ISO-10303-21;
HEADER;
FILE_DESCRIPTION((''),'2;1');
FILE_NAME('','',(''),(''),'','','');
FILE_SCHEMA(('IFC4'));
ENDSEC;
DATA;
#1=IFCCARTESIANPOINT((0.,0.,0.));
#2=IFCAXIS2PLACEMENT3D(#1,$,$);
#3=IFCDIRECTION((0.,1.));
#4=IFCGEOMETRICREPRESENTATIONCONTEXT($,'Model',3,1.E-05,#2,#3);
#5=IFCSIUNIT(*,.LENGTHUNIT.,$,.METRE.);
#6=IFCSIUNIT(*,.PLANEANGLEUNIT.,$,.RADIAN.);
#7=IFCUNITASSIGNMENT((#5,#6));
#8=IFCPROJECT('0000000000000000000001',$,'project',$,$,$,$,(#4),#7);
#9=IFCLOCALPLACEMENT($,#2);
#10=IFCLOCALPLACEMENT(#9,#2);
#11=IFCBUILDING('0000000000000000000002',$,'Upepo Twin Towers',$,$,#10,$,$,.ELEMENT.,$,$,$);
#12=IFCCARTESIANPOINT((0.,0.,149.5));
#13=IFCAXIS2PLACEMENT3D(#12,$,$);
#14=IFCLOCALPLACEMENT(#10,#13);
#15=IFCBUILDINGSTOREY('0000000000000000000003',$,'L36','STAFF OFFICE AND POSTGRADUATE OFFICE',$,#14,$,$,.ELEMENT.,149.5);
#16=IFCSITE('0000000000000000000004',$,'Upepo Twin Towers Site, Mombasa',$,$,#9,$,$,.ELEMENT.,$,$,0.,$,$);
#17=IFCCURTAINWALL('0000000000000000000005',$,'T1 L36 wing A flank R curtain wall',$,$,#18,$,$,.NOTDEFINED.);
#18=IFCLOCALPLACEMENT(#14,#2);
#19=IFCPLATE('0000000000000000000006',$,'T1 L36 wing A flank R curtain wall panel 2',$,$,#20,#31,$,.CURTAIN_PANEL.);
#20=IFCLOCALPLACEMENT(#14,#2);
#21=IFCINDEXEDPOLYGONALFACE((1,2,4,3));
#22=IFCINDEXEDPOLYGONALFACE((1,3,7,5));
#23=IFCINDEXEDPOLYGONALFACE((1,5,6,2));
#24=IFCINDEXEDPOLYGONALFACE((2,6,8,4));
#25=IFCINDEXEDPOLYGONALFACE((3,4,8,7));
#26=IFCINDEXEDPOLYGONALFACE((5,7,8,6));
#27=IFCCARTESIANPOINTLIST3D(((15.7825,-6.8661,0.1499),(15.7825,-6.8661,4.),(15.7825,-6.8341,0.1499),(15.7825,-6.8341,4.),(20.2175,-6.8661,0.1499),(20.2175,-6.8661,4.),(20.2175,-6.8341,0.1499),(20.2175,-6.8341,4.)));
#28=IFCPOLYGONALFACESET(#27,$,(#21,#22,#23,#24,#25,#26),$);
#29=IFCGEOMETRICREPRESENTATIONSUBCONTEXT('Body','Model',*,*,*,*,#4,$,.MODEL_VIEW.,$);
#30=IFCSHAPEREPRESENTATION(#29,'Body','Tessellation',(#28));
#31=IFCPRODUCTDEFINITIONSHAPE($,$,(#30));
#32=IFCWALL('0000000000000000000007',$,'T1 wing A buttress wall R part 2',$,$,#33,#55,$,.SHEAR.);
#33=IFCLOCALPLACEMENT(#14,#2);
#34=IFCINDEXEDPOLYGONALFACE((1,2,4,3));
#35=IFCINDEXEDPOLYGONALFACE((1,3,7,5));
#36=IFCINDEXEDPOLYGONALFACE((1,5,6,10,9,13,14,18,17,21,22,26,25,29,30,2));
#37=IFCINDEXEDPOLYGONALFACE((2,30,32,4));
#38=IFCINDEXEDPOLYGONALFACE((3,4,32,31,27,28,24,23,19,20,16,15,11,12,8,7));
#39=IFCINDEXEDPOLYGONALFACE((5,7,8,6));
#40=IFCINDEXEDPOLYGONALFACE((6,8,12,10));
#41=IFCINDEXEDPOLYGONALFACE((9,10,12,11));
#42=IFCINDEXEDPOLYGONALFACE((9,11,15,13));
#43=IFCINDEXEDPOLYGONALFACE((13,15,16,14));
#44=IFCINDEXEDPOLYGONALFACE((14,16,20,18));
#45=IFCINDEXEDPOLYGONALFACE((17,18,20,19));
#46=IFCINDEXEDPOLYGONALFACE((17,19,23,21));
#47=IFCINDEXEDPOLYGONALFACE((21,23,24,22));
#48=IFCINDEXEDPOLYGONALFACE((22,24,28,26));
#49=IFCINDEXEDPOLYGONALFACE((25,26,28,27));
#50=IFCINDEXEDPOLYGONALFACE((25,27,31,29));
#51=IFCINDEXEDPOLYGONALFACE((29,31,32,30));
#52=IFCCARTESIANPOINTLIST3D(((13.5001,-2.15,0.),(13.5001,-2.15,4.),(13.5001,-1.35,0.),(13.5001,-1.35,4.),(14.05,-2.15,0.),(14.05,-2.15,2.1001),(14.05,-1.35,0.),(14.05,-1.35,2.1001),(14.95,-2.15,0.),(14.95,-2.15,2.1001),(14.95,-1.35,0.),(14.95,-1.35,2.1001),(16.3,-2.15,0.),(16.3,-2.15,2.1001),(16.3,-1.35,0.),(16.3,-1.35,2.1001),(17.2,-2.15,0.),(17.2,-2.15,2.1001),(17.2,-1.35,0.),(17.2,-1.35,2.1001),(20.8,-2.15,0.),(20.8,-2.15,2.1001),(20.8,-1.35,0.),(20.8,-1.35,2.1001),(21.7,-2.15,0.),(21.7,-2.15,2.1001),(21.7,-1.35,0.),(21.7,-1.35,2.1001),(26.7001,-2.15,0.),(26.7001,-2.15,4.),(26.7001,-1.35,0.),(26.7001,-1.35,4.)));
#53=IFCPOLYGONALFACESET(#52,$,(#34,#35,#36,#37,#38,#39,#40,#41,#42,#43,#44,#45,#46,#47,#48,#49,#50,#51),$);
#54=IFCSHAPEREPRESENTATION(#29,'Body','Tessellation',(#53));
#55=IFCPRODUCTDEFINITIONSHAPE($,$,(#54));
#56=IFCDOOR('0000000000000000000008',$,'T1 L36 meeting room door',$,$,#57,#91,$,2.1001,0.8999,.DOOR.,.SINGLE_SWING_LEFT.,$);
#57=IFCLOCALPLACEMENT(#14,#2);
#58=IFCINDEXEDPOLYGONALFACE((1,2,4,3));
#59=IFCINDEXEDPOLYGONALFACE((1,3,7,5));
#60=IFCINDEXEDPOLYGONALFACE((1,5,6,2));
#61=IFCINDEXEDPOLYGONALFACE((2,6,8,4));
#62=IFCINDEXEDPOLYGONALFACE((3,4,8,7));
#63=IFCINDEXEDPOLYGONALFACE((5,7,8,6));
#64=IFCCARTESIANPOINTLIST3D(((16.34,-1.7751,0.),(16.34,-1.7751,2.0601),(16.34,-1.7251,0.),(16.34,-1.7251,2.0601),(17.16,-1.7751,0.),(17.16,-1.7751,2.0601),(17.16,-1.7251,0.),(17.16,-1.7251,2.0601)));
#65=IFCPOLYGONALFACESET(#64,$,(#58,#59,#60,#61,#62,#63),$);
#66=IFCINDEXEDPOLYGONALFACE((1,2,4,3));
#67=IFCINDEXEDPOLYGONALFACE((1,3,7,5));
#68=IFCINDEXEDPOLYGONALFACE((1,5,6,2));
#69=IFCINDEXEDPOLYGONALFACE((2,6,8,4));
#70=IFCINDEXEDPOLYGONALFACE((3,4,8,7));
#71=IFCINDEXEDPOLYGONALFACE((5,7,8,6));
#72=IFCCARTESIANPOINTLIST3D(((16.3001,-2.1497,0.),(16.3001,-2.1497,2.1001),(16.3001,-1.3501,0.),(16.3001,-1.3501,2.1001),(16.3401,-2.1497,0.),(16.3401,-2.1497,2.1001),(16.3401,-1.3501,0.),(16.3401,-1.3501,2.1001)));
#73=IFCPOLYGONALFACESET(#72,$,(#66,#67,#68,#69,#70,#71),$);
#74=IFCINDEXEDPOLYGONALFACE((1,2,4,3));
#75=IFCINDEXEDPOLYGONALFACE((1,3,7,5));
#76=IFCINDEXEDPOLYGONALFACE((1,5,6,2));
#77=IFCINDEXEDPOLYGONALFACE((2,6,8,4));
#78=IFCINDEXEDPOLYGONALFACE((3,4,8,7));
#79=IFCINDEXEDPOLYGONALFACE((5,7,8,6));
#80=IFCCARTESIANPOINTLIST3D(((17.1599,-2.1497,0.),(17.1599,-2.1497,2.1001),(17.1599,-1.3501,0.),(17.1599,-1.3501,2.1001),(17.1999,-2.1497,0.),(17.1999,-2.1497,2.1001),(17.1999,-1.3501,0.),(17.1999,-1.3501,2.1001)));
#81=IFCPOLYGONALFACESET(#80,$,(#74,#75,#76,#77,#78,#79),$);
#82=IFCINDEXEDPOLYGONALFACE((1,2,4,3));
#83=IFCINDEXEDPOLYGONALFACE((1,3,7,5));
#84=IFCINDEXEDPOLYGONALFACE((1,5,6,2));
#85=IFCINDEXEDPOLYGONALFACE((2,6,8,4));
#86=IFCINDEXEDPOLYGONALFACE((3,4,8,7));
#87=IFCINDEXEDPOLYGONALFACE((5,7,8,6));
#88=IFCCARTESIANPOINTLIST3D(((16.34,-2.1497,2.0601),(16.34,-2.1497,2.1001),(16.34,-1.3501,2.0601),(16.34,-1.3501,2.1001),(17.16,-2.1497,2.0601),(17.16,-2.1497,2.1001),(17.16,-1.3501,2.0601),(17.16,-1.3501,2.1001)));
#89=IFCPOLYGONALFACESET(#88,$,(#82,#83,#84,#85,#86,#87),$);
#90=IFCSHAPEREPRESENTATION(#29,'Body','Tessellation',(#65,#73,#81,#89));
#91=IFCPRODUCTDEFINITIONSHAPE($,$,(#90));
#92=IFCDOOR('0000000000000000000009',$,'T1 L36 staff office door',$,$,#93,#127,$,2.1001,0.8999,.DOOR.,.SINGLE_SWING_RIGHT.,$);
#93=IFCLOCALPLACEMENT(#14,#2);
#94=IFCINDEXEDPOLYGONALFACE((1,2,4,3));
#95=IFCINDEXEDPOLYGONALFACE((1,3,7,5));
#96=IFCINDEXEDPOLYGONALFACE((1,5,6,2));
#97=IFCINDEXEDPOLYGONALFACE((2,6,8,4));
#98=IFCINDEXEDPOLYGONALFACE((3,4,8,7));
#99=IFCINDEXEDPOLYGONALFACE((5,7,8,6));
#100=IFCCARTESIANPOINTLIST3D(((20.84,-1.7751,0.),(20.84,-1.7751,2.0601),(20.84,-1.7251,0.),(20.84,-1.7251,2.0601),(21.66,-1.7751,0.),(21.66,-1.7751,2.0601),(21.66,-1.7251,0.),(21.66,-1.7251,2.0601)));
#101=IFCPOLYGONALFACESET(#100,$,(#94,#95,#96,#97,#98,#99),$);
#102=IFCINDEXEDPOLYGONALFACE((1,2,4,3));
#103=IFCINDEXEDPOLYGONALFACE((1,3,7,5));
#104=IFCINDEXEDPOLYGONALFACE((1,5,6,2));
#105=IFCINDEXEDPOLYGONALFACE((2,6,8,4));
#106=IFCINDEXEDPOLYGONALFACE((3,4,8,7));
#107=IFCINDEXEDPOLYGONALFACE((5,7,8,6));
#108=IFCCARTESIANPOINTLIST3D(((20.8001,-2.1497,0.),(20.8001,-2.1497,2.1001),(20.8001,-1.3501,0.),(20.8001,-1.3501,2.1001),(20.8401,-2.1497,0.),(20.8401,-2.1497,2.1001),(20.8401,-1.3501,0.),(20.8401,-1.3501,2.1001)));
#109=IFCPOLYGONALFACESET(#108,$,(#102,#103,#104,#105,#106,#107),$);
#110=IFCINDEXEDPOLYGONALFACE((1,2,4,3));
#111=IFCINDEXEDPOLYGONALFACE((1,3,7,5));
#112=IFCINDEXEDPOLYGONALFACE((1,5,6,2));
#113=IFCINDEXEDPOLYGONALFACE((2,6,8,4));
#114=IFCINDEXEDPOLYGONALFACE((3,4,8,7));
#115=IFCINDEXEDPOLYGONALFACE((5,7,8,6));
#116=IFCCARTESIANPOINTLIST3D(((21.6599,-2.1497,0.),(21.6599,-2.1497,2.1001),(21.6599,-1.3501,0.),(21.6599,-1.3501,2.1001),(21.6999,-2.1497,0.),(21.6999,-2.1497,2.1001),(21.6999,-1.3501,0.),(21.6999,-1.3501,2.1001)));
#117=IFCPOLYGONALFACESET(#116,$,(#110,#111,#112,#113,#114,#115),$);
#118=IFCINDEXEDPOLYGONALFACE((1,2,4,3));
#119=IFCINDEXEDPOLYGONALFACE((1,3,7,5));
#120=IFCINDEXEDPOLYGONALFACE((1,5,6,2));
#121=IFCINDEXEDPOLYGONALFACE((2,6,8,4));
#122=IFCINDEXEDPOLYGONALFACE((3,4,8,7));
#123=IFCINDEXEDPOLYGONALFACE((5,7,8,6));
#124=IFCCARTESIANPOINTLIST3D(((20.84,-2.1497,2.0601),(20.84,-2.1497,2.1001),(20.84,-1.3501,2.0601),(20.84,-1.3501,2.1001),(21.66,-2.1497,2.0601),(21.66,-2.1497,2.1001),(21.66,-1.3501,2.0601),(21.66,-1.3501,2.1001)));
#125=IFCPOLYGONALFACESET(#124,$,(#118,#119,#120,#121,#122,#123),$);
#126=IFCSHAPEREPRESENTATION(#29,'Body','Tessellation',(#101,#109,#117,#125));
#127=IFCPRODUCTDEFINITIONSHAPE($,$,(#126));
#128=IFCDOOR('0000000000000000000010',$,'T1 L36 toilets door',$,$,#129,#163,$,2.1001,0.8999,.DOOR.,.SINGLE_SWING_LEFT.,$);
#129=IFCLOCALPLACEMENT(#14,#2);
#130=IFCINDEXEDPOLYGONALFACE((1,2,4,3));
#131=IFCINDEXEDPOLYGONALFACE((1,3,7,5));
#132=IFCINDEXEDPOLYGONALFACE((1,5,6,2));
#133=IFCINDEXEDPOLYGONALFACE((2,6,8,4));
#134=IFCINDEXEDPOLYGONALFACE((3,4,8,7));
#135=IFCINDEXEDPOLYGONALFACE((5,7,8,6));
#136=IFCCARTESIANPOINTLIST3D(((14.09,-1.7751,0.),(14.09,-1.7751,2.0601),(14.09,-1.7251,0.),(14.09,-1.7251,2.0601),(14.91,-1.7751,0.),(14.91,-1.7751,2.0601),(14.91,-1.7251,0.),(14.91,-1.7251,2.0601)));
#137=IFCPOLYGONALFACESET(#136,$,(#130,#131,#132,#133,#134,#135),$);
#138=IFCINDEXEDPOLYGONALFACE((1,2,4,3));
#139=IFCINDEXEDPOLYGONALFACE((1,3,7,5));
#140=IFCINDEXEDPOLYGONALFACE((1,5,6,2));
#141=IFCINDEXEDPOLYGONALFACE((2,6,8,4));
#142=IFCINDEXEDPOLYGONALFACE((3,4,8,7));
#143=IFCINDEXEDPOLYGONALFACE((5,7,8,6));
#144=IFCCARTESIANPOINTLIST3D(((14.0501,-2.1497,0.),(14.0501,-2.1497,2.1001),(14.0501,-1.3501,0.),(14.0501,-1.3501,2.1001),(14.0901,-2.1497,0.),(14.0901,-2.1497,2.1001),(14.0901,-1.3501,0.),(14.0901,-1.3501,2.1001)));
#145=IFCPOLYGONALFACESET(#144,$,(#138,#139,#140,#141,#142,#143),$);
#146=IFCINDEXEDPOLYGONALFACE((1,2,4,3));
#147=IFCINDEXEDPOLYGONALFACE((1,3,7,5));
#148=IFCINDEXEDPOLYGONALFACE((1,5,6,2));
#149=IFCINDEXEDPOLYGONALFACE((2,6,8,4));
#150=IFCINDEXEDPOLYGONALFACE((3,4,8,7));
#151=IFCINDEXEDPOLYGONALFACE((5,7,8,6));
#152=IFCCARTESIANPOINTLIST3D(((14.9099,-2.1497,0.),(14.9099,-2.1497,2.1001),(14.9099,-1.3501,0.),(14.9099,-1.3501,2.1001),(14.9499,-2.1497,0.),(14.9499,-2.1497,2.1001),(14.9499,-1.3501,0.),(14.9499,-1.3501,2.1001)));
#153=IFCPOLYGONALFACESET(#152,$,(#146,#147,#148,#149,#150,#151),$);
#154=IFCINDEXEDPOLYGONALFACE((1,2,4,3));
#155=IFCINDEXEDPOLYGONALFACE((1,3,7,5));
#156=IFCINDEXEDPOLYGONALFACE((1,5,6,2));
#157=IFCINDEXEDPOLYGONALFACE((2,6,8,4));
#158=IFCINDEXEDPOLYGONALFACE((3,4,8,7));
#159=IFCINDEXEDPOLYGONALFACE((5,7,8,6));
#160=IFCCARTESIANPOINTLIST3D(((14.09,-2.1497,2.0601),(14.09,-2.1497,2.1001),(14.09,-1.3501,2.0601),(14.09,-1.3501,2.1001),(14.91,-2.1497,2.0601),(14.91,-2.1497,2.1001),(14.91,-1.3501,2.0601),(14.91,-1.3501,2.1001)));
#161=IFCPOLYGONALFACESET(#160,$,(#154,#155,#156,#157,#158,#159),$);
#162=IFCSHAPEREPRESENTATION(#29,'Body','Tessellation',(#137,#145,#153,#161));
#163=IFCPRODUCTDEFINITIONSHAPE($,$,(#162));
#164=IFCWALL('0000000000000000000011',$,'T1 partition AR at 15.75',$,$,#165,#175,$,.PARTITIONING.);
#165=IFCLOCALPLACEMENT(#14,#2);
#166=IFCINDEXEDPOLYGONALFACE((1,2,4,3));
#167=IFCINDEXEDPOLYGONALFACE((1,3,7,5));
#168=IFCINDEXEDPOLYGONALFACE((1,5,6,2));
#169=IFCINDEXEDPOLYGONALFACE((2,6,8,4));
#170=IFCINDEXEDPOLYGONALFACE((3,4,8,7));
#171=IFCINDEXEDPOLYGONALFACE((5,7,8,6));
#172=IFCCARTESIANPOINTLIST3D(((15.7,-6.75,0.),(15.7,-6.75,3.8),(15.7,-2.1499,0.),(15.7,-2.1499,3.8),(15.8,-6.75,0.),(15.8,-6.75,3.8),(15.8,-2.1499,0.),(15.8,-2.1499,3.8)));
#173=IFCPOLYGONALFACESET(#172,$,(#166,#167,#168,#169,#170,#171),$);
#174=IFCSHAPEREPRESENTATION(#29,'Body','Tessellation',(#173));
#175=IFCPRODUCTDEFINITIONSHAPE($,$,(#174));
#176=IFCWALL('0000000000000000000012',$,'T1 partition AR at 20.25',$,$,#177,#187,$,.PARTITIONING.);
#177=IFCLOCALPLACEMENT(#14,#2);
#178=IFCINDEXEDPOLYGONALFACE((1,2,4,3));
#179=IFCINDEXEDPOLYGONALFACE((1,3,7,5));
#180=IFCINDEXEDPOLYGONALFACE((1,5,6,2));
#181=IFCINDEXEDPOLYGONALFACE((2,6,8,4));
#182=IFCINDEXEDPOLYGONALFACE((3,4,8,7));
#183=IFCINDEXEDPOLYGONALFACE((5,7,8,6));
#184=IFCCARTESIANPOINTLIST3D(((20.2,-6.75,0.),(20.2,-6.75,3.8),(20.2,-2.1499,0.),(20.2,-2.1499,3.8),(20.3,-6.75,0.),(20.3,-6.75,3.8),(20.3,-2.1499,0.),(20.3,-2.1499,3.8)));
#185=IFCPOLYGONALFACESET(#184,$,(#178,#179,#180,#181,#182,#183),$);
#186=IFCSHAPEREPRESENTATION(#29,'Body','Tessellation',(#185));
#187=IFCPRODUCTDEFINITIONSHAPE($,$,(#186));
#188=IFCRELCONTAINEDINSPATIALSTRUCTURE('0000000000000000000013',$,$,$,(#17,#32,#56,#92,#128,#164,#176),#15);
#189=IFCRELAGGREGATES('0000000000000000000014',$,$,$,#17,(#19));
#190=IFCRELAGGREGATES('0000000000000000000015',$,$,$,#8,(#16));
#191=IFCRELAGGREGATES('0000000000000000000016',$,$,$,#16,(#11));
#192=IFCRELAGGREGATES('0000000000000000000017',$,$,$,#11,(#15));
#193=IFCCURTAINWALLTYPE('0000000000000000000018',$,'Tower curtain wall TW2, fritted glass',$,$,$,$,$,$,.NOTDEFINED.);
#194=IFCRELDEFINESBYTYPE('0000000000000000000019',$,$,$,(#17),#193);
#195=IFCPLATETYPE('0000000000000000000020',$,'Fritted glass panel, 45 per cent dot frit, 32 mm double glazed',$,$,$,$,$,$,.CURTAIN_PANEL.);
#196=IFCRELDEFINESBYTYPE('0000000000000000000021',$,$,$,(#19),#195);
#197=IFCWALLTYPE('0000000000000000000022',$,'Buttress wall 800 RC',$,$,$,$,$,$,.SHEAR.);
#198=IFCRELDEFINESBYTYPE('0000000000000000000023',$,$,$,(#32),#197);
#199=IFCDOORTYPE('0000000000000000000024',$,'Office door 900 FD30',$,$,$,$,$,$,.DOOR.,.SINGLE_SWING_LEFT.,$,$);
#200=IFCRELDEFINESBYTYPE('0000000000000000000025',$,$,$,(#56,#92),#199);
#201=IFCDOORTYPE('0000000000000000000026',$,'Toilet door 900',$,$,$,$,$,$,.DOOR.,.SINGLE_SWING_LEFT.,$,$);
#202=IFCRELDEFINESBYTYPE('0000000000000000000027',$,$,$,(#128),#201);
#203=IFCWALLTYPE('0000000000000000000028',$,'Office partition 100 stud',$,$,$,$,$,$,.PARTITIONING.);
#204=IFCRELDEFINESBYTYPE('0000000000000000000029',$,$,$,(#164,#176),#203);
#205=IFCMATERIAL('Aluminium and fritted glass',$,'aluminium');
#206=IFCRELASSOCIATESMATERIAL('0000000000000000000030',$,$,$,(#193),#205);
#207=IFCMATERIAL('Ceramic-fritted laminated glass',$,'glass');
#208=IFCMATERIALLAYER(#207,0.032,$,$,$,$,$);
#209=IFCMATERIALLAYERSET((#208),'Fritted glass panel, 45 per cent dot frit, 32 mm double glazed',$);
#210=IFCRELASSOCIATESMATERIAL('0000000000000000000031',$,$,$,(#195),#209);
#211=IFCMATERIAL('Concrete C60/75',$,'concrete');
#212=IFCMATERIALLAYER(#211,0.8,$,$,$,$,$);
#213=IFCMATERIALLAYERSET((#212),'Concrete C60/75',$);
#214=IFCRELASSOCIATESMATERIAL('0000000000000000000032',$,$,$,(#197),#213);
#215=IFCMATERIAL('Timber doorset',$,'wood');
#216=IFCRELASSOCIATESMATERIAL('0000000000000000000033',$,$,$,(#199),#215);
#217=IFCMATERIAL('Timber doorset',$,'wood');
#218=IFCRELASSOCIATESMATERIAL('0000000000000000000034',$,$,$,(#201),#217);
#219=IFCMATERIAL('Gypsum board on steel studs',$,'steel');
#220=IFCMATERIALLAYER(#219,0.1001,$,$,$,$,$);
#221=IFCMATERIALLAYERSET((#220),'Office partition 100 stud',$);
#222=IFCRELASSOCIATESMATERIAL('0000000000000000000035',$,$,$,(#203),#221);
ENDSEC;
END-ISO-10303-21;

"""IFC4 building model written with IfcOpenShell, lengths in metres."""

from ifc_helpers import new_model, si_unit, direction, frame, frame_2d, origin, origin_2d, place, context, subcontext, project, spatial, rectangle, extrude, material, layer, layer_set, type_object, element, fill, aggregate, save


model = new_model("IFC4")

# Units and contexts
model_context = context("Model", 3, precision=1e-05, world=origin(), true_north=direction((0.0, 1.0)))
body_context = subcontext(model_context, "Body", "Model", "MODEL_VIEW")
ifc_project = project(units=[si_unit("LENGTHUNIT", "METRE"), si_unit("PLANEANGLEUNIT", "RADIAN")], contexts=[model_context])

# Site, building, storey
site_placement = place(None, origin())
site = spatial("IfcSite", under=ifc_project, at=site_placement, Name="Upepo Twin Towers Site, Mombasa", CompositionType="ELEMENT", RefElevation=0.0)
building_placement = place(site_placement, origin())
building = spatial("IfcBuilding", under=site, at=building_placement, Name="Upepo Twin Towers", CompositionType="ELEMENT")
storey_placement = place(building_placement, frame((0.0, 0.0, 149.5)))
storey = spatial("IfcBuildingStorey", under=building, at=storey_placement, Name="L36", Description="STAFF OFFICE AND POSTGRADUATE OFFICE", CompositionType="ELEMENT", Elevation=149.5)

# Curtain wall, plate
ifc_material_1 = material(Name="Aluminium and fritted glass", Category="aluminium")
curtain_wall_type = type_object("IfcCurtainWallType", Name="Tower curtain wall TW2, fritted glass", PredefinedType="NOTDEFINED", material=ifc_material_1)
curtain_wall_placement = place(storey_placement, origin())
curtain_wall = element("IfcCurtainWall", 1, at=curtain_wall_placement, inside=storey, type_object=curtain_wall_type, Name="T1 L36 wing A flank R curtain wall", PredefinedType="NOTDEFINED")
ifc_material_2 = material(Name="Ceramic-fritted laminated glass", Category="glass")
ifc_layer_1 = layer(ifc_material_2, 0.032)
ifc_layer_set_1 = layer_set([ifc_layer_1], Name="Fritted glass panel, 45 per cent dot frit, 32 mm double glazed")
plate_type = type_object("IfcPlateType", Name="Fritted glass panel, 45 per cent dot frit, 32 mm double glazed", PredefinedType="CURTAIN_PANEL", material=ifc_layer_set_1)
plate_placement = place(storey_placement, frame((18.0, -6.8501, 0.1499), z_axis=(0.0, 0.0, 1.0), x_axis=(-1.0, 0.0, 0.0)))
plate = element("IfcPlate", 2, at=plate_placement, type_object=plate_type, Name="T1 L36 wing A flank R curtain wall panel 2", PredefinedType="CURTAIN_PANEL", context=body_context, shape_type="SweptSolid", body=[
    extrude(rectangle(XDim=4.4351, YDim=0.032, at=origin_2d()), origin(), (0.0, 0.0, 1.0), 3.8501),
])
aggregate(curtain_wall, [plate])

# Wall, openings, doors
ifc_material_3 = material(Name="Concrete C60/75", Category="concrete")
ifc_layer_2 = layer(ifc_material_3, 0.8)
ifc_layer_set_2 = layer_set([ifc_layer_2], Name="Concrete C60/75")
wall_type_1 = type_object("IfcWallType", Name="Buttress wall 800 RC", PredefinedType="SHEAR", material=ifc_layer_set_2)
wall_1_placement = place(storey_placement, frame((13.5, -1.75, 0.0), z_axis=(0.0, 0.0, 1.0), x_axis=(1.0, 0.0, 0.0)))
wall_1 = element("IfcWall", 3, at=wall_1_placement, inside=storey, type_object=wall_type_1, Name="T1 wing A buttress wall R part 2", PredefinedType="SHEAR", context=body_context, shape_type="SweptSolid", body=[
    extrude(rectangle(XDim=13.2, YDim=0.8, at=frame_2d((6.6001, 0.0))), origin(), (0.0, 0.0, 1.0), 4.0),
])
opening_1_placement = place(wall_1_placement, frame((0.55, 0.0, 0.0)))
opening_1 = element("IfcOpeningElement", 4, at=opening_1_placement, cuts=wall_1, PredefinedType="OPENING", context=body_context, shape_type="SweptSolid", body=[
    extrude(rectangle(XDim=0.8999, YDim=2.1001, at=frame_2d((0.45, 1.05))), frame((0.0, 0.4099, 0.0), z_axis=(0.0, -1.0, 0.0), x_axis=(1.0, 0.0, 0.0)), (0.0, 0.0, 1.0), 0.8201),
])
opening_2_placement = place(wall_1_placement, frame((2.8, 0.0, 0.0)))
opening_2 = element("IfcOpeningElement", 5, at=opening_2_placement, cuts=wall_1, PredefinedType="OPENING", context=body_context, shape_type="SweptSolid", body=[
    extrude(rectangle(XDim=0.8999, YDim=2.1001, at=frame_2d((0.45, 1.05))), frame((0.0, 0.4099, 0.0), z_axis=(0.0, -1.0, 0.0), x_axis=(1.0, 0.0, 0.0)), (0.0, 0.0, 1.0), 0.8201),
])
opening_3_placement = place(wall_1_placement, frame((7.3, 0.0, 0.0)))
opening_3 = element("IfcOpeningElement", 6, at=opening_3_placement, cuts=wall_1, PredefinedType="OPENING", context=body_context, shape_type="SweptSolid", body=[
    extrude(rectangle(XDim=0.8999, YDim=2.1001, at=frame_2d((0.45, 1.05))), frame((0.0, 0.4099, 0.0), z_axis=(0.0, -1.0, 0.0), x_axis=(1.0, 0.0, 0.0)), (0.0, 0.0, 1.0), 0.8201),
])
ifc_material_4 = material(Name="Timber doorset", Category="wood")
door_type_1 = type_object("IfcDoorType", Name="Office door 900 FD30", OperationType="SINGLE_SWING_LEFT", PredefinedType="DOOR", material=ifc_material_4)
door_1_placement = place(opening_2_placement, origin())
door_1 = element("IfcDoor", 7, at=door_1_placement, inside=storey, type_object=door_type_1, Name="T1 L36 meeting room door", OperationType="SINGLE_SWING_LEFT", OverallHeight=2.1001, OverallWidth=0.8999, PredefinedType="DOOR", context=body_context, shape_type="SweptSolid", body=[
    extrude(rectangle(XDim=0.8199, YDim=2.0601, at=frame_2d((0.45, 1.03))), frame((0.0, 0.0249, 0.0), z_axis=(0.0, -1.0, 0.0), x_axis=(1.0, 0.0, 0.0)), (0.0, 0.0, 1.0), 0.05),
    extrude(rectangle(XDim=0.04, YDim=2.1001, at=frame_2d((0.02, 1.05))), frame((0.0, 0.3999, 0.0), z_axis=(0.0, -1.0, 0.0), x_axis=(1.0, 0.0, 0.0)), (0.0, 0.0, 1.0), 0.7996),
    extrude(rectangle(XDim=0.04, YDim=2.1001, at=frame_2d((0.8799, 1.05))), frame((0.0, 0.3999, 0.0), z_axis=(0.0, -1.0, 0.0), x_axis=(1.0, 0.0, 0.0)), (0.0, 0.0, 1.0), 0.7996),
    extrude(rectangle(XDim=0.8199, YDim=0.04, at=frame_2d((0.45, 2.0801))), frame((0.0, 0.3999, 0.0), z_axis=(0.0, -1.0, 0.0), x_axis=(1.0, 0.0, 0.0)), (0.0, 0.0, 1.0), 0.7996),
])
fill(opening_2, door_1)
door_2_placement = place(opening_3_placement, origin())
door_2 = element("IfcDoor", 8, at=door_2_placement, inside=storey, type_object=door_type_1, Name="T1 L36 staff office door", OperationType="SINGLE_SWING_RIGHT", OverallHeight=2.1001, OverallWidth=0.8999, PredefinedType="DOOR", context=body_context, shape_type="SweptSolid", body=[
    extrude(rectangle(XDim=0.8199, YDim=2.0601, at=frame_2d((0.45, 1.03))), frame((0.0, 0.0249, 0.0), z_axis=(0.0, -1.0, 0.0), x_axis=(1.0, 0.0, 0.0)), (0.0, 0.0, 1.0), 0.05),
    extrude(rectangle(XDim=0.04, YDim=2.1001, at=frame_2d((0.02, 1.05))), frame((0.0, 0.3999, 0.0), z_axis=(0.0, -1.0, 0.0), x_axis=(1.0, 0.0, 0.0)), (0.0, 0.0, 1.0), 0.7996),
    extrude(rectangle(XDim=0.04, YDim=2.1001, at=frame_2d((0.8799, 1.05))), frame((0.0, 0.3999, 0.0), z_axis=(0.0, -1.0, 0.0), x_axis=(1.0, 0.0, 0.0)), (0.0, 0.0, 1.0), 0.7996),
    extrude(rectangle(XDim=0.8199, YDim=0.04, at=frame_2d((0.45, 2.0801))), frame((0.0, 0.3999, 0.0), z_axis=(0.0, -1.0, 0.0), x_axis=(1.0, 0.0, 0.0)), (0.0, 0.0, 1.0), 0.7996),
])
fill(opening_3, door_2)
ifc_material_5 = material(Name="Timber doorset", Category="wood")
door_type_2 = type_object("IfcDoorType", Name="Toilet door 900", OperationType="SINGLE_SWING_LEFT", PredefinedType="DOOR", material=ifc_material_5)
door_3_placement = place(opening_1_placement, origin())
door_3 = element("IfcDoor", 9, at=door_3_placement, inside=storey, type_object=door_type_2, Name="T1 L36 toilets door", OperationType="SINGLE_SWING_LEFT", OverallHeight=2.1001, OverallWidth=0.8999, PredefinedType="DOOR", context=body_context, shape_type="SweptSolid", body=[
    extrude(rectangle(XDim=0.8199, YDim=2.0601, at=frame_2d((0.45, 1.03))), frame((0.0, 0.0249, 0.0), z_axis=(0.0, -1.0, 0.0), x_axis=(1.0, 0.0, 0.0)), (0.0, 0.0, 1.0), 0.05),
    extrude(rectangle(XDim=0.04, YDim=2.1001, at=frame_2d((0.02, 1.05))), frame((0.0, 0.3999, 0.0), z_axis=(0.0, -1.0, 0.0), x_axis=(1.0, 0.0, 0.0)), (0.0, 0.0, 1.0), 0.7996),
    extrude(rectangle(XDim=0.04, YDim=2.1001, at=frame_2d((0.8799, 1.05))), frame((0.0, 0.3999, 0.0), z_axis=(0.0, -1.0, 0.0), x_axis=(1.0, 0.0, 0.0)), (0.0, 0.0, 1.0), 0.7996),
    extrude(rectangle(XDim=0.8199, YDim=0.04, at=frame_2d((0.45, 2.0801))), frame((0.0, 0.3999, 0.0), z_axis=(0.0, -1.0, 0.0), x_axis=(1.0, 0.0, 0.0)), (0.0, 0.0, 1.0), 0.7996),
])
fill(opening_1, door_3)

# Walls
ifc_material_6 = material(Name="Gypsum board on steel studs", Category="steel")
ifc_layer_3 = layer(ifc_material_6, 0.1001)
ifc_layer_set_3 = layer_set([ifc_layer_3], Name="Office partition 100 stud")
wall_type_2 = type_object("IfcWallType", Name="Office partition 100 stud", PredefinedType="PARTITIONING", material=ifc_layer_set_3)
for number, where, z_axis, x_axis, name in (
    (10, (15.75, -2.1499, 0.0), (0.0, 0.0, 1.0), (0.0, -1.0, 0.0), "T1 partition AR at 15.75"),
    (11, (20.25, -2.1499, 0.0), (0.0, 0.0, 1.0), (0.0, -1.0, 0.0), "T1 partition AR at 20.25"),
):
    element("IfcWall", number, at=place(storey_placement, frame(where, z_axis=z_axis, x_axis=x_axis)), inside=storey, type_object=wall_type_2, Name=name, PredefinedType="PARTITIONING", context=body_context, shape_type="SweptSolid", body=[
        extrude(rectangle(XDim=4.6001, YDim=0.1001, at=frame_2d((2.3, 0.0))), origin(), (0.0, 0.0, 1.0), 3.8),
    ])

save(model, "model.ifc")
